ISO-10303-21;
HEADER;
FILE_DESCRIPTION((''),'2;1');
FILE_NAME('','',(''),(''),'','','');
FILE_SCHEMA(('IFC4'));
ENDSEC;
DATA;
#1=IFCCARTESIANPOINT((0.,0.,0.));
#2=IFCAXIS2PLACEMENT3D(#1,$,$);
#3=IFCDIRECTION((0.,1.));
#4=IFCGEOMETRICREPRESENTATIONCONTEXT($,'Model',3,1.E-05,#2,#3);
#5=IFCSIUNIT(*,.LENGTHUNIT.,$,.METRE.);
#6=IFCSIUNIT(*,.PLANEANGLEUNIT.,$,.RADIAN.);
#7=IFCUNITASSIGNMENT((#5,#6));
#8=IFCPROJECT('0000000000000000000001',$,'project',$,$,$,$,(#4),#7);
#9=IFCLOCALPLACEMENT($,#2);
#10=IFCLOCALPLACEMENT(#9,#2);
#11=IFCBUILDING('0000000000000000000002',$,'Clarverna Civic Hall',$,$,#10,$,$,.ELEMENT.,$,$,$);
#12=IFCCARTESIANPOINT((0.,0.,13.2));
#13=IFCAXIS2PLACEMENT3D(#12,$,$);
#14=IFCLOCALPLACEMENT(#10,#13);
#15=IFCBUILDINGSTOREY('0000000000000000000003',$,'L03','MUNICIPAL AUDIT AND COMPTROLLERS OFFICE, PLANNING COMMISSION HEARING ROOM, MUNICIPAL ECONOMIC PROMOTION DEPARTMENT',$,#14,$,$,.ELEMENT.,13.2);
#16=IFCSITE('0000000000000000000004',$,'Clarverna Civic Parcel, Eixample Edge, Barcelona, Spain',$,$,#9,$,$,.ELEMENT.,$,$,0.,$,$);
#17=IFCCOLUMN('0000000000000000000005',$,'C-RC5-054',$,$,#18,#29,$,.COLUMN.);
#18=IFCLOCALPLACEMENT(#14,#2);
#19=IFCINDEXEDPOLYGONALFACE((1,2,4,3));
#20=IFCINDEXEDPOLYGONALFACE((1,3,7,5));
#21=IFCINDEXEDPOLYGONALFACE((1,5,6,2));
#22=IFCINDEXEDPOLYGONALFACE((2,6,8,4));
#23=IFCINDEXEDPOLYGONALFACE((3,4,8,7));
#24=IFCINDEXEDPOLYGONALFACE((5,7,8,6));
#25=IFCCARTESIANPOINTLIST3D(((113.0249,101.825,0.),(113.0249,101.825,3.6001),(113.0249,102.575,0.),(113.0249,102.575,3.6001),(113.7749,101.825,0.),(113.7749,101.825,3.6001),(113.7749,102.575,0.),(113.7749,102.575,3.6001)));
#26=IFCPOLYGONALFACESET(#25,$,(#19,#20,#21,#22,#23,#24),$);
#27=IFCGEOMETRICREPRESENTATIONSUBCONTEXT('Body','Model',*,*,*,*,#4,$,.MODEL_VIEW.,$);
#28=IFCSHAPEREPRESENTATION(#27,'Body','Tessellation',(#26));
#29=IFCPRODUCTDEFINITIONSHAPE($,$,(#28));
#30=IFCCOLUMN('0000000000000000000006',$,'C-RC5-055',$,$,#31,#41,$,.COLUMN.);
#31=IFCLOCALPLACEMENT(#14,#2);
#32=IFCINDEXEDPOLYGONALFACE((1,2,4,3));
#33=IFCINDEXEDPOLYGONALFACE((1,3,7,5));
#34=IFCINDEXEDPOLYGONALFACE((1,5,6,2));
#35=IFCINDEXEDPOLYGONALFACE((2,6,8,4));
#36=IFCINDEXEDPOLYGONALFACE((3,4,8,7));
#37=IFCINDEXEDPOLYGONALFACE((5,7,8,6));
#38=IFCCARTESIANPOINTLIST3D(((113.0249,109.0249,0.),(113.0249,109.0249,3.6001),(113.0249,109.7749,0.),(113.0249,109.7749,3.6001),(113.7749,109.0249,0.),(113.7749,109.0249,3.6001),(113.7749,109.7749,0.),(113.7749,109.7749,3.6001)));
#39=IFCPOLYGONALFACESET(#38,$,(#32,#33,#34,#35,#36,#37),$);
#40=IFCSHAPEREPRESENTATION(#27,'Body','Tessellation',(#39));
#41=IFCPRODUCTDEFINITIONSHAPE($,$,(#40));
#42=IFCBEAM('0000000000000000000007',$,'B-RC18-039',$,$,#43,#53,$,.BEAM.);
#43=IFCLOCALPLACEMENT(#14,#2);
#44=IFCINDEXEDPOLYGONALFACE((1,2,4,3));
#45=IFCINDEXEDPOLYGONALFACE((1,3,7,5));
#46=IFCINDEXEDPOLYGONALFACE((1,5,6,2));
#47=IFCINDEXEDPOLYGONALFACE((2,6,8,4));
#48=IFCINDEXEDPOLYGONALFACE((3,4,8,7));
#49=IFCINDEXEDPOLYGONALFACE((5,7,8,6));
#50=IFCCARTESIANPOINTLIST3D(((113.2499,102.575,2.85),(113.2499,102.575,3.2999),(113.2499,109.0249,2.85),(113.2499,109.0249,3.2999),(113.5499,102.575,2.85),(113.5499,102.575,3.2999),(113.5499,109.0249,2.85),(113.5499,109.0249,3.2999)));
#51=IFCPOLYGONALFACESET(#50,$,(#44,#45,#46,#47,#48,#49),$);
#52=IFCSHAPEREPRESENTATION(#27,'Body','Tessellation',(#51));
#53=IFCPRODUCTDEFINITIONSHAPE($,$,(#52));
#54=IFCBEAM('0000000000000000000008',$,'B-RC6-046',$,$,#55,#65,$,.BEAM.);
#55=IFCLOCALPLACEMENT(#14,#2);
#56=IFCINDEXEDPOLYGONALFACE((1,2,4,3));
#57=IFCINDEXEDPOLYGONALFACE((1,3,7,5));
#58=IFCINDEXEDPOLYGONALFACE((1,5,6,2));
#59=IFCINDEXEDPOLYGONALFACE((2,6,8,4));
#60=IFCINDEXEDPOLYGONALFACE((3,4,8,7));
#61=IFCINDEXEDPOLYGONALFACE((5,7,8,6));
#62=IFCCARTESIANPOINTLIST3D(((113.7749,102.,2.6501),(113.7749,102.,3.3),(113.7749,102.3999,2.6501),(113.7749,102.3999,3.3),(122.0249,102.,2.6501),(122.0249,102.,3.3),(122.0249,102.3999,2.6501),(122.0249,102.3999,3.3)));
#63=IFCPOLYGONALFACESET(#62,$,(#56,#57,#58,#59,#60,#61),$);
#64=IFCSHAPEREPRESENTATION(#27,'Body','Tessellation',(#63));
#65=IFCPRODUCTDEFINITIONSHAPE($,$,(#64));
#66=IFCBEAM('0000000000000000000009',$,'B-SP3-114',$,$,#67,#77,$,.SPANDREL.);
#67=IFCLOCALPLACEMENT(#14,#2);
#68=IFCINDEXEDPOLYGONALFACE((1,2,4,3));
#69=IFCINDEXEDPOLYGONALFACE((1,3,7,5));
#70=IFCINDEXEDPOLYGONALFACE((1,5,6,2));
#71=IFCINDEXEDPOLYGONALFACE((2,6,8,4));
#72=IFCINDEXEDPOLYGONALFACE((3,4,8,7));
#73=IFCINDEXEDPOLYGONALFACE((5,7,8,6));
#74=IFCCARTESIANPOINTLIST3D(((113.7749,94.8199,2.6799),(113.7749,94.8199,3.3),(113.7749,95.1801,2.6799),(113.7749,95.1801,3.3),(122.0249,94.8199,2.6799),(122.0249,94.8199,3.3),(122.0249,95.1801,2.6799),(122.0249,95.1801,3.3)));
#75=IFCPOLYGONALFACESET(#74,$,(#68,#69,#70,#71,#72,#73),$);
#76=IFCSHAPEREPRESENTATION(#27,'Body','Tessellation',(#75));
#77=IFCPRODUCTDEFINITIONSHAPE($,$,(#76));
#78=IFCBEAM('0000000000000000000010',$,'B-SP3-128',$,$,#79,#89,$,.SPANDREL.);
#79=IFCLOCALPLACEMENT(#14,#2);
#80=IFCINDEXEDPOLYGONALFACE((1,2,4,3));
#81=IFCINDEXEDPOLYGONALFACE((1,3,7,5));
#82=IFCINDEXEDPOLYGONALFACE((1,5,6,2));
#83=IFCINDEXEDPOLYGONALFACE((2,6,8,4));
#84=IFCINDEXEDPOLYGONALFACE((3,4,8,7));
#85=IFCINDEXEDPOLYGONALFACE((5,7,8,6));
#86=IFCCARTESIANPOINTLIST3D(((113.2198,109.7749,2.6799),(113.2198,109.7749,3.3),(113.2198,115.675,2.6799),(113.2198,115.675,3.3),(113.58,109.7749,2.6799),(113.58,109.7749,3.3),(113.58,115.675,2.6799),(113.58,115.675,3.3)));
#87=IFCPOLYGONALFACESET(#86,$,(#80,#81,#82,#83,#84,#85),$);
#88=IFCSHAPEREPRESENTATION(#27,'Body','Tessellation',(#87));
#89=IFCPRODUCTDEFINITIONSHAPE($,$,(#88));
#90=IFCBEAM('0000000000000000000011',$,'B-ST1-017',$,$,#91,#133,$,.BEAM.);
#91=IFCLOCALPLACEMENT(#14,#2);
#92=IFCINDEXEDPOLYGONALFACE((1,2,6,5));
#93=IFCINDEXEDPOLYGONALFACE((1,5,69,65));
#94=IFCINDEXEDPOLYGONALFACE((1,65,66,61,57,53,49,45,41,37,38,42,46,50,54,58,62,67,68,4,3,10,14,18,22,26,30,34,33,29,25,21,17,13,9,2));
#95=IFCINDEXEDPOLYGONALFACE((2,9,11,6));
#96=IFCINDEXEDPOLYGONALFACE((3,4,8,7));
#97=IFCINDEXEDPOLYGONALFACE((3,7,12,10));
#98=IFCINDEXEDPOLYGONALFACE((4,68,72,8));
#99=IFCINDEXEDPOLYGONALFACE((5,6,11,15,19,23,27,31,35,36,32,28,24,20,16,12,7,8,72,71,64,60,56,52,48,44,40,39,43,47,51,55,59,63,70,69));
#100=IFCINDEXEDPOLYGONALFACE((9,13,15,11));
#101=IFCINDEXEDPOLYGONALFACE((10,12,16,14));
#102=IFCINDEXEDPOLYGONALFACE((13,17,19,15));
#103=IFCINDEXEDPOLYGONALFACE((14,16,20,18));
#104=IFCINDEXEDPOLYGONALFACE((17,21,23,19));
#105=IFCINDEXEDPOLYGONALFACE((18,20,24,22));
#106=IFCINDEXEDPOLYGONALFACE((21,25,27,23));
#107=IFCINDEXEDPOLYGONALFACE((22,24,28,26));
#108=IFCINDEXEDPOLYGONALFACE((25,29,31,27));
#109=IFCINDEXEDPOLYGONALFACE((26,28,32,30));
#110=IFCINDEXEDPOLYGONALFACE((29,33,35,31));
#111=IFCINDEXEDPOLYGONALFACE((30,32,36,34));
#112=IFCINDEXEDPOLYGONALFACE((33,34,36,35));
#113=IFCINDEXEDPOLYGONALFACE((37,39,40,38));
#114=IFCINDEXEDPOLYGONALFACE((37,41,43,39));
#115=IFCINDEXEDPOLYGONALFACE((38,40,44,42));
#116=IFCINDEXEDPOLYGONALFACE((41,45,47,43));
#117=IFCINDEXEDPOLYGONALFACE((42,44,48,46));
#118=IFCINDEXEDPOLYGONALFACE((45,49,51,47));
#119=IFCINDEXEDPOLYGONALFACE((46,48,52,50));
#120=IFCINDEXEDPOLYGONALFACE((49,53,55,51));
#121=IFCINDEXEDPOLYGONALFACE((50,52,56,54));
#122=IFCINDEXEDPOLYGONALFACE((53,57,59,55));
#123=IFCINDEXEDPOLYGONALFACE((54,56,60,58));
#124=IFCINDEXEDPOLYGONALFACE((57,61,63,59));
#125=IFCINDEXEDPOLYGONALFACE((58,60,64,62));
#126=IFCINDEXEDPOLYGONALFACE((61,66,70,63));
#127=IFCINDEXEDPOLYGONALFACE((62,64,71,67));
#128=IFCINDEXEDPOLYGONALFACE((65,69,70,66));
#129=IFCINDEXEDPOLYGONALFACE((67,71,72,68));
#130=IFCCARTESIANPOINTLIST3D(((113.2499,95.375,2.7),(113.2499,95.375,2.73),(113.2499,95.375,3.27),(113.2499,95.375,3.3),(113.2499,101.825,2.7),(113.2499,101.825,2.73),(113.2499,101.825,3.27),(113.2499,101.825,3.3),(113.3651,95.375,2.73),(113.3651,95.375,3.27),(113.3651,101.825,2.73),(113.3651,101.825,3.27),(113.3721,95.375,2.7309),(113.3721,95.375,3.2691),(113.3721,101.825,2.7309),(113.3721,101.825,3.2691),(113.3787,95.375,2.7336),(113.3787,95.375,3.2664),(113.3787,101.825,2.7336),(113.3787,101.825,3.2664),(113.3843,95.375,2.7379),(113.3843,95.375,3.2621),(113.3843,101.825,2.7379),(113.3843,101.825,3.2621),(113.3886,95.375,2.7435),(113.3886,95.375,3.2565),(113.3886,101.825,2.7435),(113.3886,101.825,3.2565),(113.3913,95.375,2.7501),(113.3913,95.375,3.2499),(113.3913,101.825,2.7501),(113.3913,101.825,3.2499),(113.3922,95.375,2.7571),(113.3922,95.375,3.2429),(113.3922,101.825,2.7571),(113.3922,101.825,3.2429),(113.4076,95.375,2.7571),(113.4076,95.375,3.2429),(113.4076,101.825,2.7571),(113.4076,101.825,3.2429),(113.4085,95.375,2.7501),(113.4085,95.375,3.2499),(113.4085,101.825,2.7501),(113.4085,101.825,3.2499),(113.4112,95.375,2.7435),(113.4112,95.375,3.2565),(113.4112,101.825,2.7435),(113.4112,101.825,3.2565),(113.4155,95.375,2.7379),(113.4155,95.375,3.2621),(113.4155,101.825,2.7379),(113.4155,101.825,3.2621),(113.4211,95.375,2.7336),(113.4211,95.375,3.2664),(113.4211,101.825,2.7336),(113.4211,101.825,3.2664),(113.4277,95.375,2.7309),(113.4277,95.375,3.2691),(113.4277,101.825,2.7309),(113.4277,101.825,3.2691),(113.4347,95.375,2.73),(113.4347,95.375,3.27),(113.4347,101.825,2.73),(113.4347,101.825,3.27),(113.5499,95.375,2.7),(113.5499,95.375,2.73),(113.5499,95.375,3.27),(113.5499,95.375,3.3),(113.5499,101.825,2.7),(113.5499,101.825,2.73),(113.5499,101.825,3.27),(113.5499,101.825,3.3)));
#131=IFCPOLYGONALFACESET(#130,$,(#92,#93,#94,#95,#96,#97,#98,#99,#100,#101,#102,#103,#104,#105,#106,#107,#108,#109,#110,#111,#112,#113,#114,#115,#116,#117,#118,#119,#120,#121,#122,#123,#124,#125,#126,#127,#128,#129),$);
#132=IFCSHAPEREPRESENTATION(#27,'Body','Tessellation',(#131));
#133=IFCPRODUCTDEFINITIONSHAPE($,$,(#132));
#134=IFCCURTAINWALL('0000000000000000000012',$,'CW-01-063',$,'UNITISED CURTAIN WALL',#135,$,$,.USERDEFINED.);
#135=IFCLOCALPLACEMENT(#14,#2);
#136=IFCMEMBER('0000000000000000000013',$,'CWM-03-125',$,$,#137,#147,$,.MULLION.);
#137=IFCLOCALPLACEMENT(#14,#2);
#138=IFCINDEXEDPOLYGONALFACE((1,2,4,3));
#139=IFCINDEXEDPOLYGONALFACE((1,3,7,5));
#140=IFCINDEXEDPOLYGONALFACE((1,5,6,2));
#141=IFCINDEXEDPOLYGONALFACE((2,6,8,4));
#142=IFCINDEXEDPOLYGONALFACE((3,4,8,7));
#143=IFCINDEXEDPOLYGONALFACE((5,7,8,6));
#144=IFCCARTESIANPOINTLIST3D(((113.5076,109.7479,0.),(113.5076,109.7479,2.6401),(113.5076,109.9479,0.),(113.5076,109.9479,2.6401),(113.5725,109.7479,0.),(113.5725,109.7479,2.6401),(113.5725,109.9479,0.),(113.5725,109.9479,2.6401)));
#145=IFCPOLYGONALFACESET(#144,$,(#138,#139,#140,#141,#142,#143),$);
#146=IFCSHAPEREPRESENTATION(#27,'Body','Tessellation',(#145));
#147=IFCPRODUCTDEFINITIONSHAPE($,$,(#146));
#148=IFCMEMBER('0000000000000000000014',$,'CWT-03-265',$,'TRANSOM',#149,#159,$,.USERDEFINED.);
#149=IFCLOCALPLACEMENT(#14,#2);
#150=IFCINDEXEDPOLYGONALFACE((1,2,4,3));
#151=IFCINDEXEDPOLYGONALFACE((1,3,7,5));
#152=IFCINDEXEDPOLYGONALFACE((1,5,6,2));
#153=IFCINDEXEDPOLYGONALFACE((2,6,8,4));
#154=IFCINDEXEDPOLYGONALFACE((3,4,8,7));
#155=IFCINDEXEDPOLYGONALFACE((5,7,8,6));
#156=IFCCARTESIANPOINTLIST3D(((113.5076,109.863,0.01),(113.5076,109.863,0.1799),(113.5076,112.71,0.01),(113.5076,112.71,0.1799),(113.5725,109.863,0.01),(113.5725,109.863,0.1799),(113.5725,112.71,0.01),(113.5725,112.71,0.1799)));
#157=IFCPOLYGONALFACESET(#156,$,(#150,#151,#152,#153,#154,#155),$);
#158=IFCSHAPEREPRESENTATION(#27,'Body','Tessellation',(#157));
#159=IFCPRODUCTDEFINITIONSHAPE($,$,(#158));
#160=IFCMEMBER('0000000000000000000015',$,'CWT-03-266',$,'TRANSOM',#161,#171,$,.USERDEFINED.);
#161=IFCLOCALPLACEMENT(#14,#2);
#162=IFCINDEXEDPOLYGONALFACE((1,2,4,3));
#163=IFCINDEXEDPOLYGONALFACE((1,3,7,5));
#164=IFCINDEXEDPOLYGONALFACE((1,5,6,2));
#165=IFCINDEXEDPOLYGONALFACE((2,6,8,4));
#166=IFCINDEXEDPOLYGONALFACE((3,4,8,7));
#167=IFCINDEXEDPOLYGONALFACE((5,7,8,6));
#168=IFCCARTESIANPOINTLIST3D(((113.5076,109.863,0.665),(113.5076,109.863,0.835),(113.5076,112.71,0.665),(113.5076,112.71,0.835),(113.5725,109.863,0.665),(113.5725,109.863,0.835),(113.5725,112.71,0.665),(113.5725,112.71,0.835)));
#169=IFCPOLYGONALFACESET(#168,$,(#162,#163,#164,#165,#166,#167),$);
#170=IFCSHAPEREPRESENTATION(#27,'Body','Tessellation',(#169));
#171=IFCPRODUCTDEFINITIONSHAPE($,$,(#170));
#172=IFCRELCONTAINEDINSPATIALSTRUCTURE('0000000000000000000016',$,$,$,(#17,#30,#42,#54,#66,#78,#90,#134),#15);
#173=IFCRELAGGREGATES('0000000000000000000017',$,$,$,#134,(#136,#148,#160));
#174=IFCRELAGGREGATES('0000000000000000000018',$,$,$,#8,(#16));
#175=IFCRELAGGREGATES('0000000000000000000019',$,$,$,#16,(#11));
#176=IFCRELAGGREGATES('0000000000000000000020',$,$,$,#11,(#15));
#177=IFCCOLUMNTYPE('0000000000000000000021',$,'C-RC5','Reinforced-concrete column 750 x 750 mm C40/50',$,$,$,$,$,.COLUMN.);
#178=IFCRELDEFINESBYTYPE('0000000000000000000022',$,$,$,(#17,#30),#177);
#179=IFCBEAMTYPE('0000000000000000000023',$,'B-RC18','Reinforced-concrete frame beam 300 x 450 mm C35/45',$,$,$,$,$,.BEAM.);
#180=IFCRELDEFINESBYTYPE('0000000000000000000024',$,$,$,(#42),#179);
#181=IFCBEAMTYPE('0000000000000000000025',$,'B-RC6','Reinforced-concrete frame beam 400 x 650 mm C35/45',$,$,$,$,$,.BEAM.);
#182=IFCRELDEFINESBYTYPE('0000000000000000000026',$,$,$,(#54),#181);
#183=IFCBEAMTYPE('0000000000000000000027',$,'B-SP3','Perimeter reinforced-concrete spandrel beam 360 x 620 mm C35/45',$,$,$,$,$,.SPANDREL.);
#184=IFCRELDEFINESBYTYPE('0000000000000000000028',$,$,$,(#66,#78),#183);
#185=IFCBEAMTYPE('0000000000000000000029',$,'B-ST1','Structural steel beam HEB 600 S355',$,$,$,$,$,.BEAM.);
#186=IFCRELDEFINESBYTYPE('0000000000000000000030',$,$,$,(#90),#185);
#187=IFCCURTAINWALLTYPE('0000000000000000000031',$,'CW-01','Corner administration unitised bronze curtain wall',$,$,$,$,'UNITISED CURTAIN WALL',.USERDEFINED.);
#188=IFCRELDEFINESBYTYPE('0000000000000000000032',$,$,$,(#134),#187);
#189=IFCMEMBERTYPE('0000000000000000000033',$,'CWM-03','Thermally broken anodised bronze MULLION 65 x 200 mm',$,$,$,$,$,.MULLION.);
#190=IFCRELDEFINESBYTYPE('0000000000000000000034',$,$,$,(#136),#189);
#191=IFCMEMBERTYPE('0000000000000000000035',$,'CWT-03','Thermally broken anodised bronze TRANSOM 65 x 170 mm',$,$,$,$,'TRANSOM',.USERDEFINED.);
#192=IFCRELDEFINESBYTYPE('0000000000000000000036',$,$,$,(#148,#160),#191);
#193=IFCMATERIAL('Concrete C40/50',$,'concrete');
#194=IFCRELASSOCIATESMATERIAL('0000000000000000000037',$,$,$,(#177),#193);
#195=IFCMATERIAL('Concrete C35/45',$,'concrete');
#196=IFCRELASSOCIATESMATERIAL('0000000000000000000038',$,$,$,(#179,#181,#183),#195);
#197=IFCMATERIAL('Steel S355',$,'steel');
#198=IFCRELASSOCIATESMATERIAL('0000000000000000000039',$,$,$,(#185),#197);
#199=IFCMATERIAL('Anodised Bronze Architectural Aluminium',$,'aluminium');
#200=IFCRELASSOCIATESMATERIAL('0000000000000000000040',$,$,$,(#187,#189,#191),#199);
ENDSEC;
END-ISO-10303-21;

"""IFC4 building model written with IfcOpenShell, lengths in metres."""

from ifc_helpers import new_model, si_unit, direction, frame, origin, origin_2d, place, context, subcontext, project, spatial, rectangle, i_section, extrude, material, material_profile, profile_set, type_object, element, aggregate, save


model = new_model("IFC4")

# Units and contexts
model_context = context("Model", 3, precision=1e-05, world=origin(), true_north=direction((0.0, 1.0)))
body_context = subcontext(model_context, "Body", "Model", "MODEL_VIEW")
ifc_project = project(units=[si_unit("LENGTHUNIT", "METRE"), si_unit("PLANEANGLEUNIT", "RADIAN")], contexts=[model_context])

# Site, building, storey
site_placement = place(None, origin())
site = spatial("IfcSite", under=ifc_project, at=site_placement, Name="Clarverna Civic Parcel, Eixample Edge, Barcelona, Spain", CompositionType="ELEMENT", RefElevation=0.0)
building_placement = place(site_placement, origin())
building = spatial("IfcBuilding", under=site, at=building_placement, Name="Clarverna Civic Hall", CompositionType="ELEMENT")
storey_placement = place(building_placement, frame((0.0, 0.0, 13.2)))
storey = spatial("IfcBuildingStorey", under=building, at=storey_placement, Name="L03", Description="MUNICIPAL AUDIT AND COMPTROLLERS OFFICE, PLANNING COMMISSION HEARING ROOM, MUNICIPAL ECONOMIC PROMOTION DEPARTMENT", CompositionType="ELEMENT", Elevation=13.2)

# Columns
ifc_material_1 = material(Name="Concrete C40/50", Category="concrete")
ifc_material_profile_1 = material_profile(ifc_material_1, rectangle(XDim=0.75, YDim=0.75, at=origin_2d()), Name="RC 750x750")
ifc_profile_set_1 = profile_set([ifc_material_profile_1], Name="Concrete C40/50")
column_type = type_object("IfcColumnType", Name="C-RC5", Description="Reinforced-concrete column 750 x 750 mm C40/50", PredefinedType="COLUMN", material=ifc_profile_set_1)
for number, where, z_axis, x_axis, name in (
    (1, (113.3999, 102.2, 0.0), (0.0, 0.0, 1.0), (1.0, 0.0, 0.0), "C-RC5-054"),
    (2, (113.3999, 109.3999, 0.0), (0.0, 0.0, 1.0), (1.0, 0.0, 0.0), "C-RC5-055"),
):
    element("IfcColumn", number, at=place(storey_placement, frame(where, z_axis=z_axis, x_axis=x_axis)), inside=storey, type_object=column_type, Name=name, PredefinedType="COLUMN", context=body_context, shape_type="SweptSolid", body=[
        extrude(rectangle(XDim=0.75, YDim=0.75, at=origin_2d()), origin(), (0.0, 0.0, 1.0), 3.6001),
    ])

# Beams
ifc_material_2 = material(Name="Concrete C35/45", Category="concrete")
ifc_material_profile_2 = material_profile(ifc_material_2, rectangle(XDim=0.3, YDim=0.45, at=origin_2d()), Name="RC 300x450")
ifc_profile_set_2 = profile_set([ifc_material_profile_2], Name="Concrete C35/45")
beam_type_1 = type_object("IfcBeamType", Name="B-RC18", Description="Reinforced-concrete frame beam 300 x 450 mm C35/45", PredefinedType="BEAM", material=ifc_profile_set_2)
beam_1_placement = place(storey_placement, frame((113.3999, 102.575, 3.075), z_axis=(0.0, 1.0, 0.0), x_axis=(-1.0, 0.0, 0.0)))
element("IfcBeam", 3, at=beam_1_placement, inside=storey, type_object=beam_type_1, Name="B-RC18-039", PredefinedType="BEAM", context=body_context, shape_type="SweptSolid", body=[
    extrude(rectangle(XDim=0.3, YDim=0.45, at=origin_2d()), origin(), (0.0, 0.0, 1.0), 6.45),
])
ifc_material_profile_3 = material_profile(ifc_material_2, rectangle(XDim=0.3999, YDim=0.6499, at=origin_2d()), Name="RC 400x650")
ifc_profile_set_3 = profile_set([ifc_material_profile_3], Name="Concrete C35/45")
beam_type_2 = type_object("IfcBeamType", Name="B-RC6", Description="Reinforced-concrete frame beam 400 x 650 mm C35/45", PredefinedType="BEAM", material=ifc_profile_set_3)
beam_2_placement = place(storey_placement, frame((113.7749, 102.2, 2.9751), z_axis=(1.0, 0.0, 0.0), x_axis=(0.0, 1.0, 0.0)))
element("IfcBeam", 4, at=beam_2_placement, inside=storey, type_object=beam_type_2, Name="B-RC6-046", PredefinedType="BEAM", context=body_context, shape_type="SweptSolid", body=[
    extrude(rectangle(XDim=0.3999, YDim=0.6499, at=origin_2d()), origin(), (0.0, 0.0, 1.0), 8.25),
])
ifc_material_profile_4 = material_profile(ifc_material_2, rectangle(XDim=0.3601, YDim=0.6201, at=origin_2d()), Name="RC 360x620")
ifc_profile_set_4 = profile_set([ifc_material_profile_4], Name="Concrete C35/45")
beam_type_3 = type_object("IfcBeamType", Name="B-SP3", Description="Perimeter reinforced-concrete spandrel beam 360 x 620 mm C35/45", PredefinedType="SPANDREL", material=ifc_profile_set_4)
beam_3_placement = place(storey_placement, frame((113.7749, 95.0, 2.99), z_axis=(1.0, 0.0, 0.0), x_axis=(0.0, 1.0, 0.0)))
element("IfcBeam", 5, at=beam_3_placement, inside=storey, type_object=beam_type_3, Name="B-SP3-114", PredefinedType="SPANDREL", context=body_context, shape_type="SweptSolid", body=[
    extrude(rectangle(XDim=0.3601, YDim=0.6201, at=origin_2d()), origin(), (0.0, 0.0, 1.0), 8.25),
])
beam_4_placement = place(storey_placement, frame((113.3999, 109.7749, 2.99), z_axis=(0.0, 1.0, 0.0), x_axis=(-1.0, 0.0, 0.0)))
element("IfcBeam", 6, at=beam_4_placement, inside=storey, type_object=beam_type_3, Name="B-SP3-128", PredefinedType="SPANDREL", context=body_context, shape_type="SweptSolid", body=[
    extrude(rectangle(XDim=0.3601, YDim=0.6201, at=origin_2d()), origin(), (0.0, 0.0, 1.0), 5.9001),
])
ifc_material_3 = material(Name="Steel S355", Category="steel")
ifc_material_profile_5 = material_profile(ifc_material_3, i_section(OverallWidth=0.3, OverallDepth=0.6001, WebThickness=0.0154, FlangeThickness=0.03, FilletRadius=0.0271, at=origin_2d()), Name="HEB 600")
ifc_profile_set_5 = profile_set([ifc_material_profile_5], Name="Steel S355")
beam_type_4 = type_object("IfcBeamType", Name="B-ST1", Description="Structural steel beam HEB 600 S355", PredefinedType="BEAM", material=ifc_profile_set_5)
beam_5_placement = place(storey_placement, frame((113.3999, 95.375, 3.0), z_axis=(0.0, 1.0, 0.0), x_axis=(-1.0, 0.0, 0.0)))
element("IfcBeam", 7, at=beam_5_placement, inside=storey, type_object=beam_type_4, Name="B-ST1-017", PredefinedType="BEAM", context=body_context, shape_type="SweptSolid", body=[
    extrude(i_section(OverallWidth=0.3, OverallDepth=0.6001, WebThickness=0.0154, FlangeThickness=0.03, FilletRadius=0.0271, at=origin_2d()), origin(), (0.0, 0.0, 1.0), 6.45),
])

# Curtain wall, members
ifc_material_4 = material(Name="Anodised Bronze Architectural Aluminium", Category="aluminium")
curtain_wall_type = type_object("IfcCurtainWallType", Name="CW-01", Description="Corner administration unitised bronze curtain wall", ElementType="UNITISED CURTAIN WALL", PredefinedType="USERDEFINED", material=ifc_material_4)
curtain_wall_placement = place(storey_placement, origin())
curtain_wall = element("IfcCurtainWall", 8, at=curtain_wall_placement, inside=storey, type_object=curtain_wall_type, Name="CW-01-063", ObjectType="UNITISED CURTAIN WALL", PredefinedType="USERDEFINED")
ifc_material_profile_6 = material_profile(ifc_material_4, rectangle(XDim=0.0649, YDim=0.2, at=origin_2d()), Name="BRONZE 65x200")
ifc_profile_set_6 = profile_set([ifc_material_profile_6], Name="Anodised Bronze Architectural Aluminium")
member_type_1 = type_object("IfcMemberType", Name="CWM-03", Description="Thermally broken anodised bronze MULLION 65 x 200 mm", PredefinedType="MULLION", material=ifc_profile_set_6)
member_1_placement = place(storey_placement, frame((113.54, 109.8479, 0.0), z_axis=(0.0, 0.0, 1.0), x_axis=(1.0, 0.0, 0.0)))
member_1 = element("IfcMember", 9, at=member_1_placement, type_object=member_type_1, Name="CWM-03-125", PredefinedType="MULLION", context=body_context, shape_type="SweptSolid", body=[
    extrude(rectangle(XDim=0.0649, YDim=0.2, at=origin_2d()), origin(), (0.0, 0.0, 1.0), 2.6401),
])
ifc_material_profile_7 = material_profile(ifc_material_4, rectangle(XDim=0.0649, YDim=0.1699, at=origin_2d()), Name="BRONZE 65x170")
ifc_profile_set_7 = profile_set([ifc_material_profile_7], Name="Anodised Bronze Architectural Aluminium")
member_type_2 = type_object("IfcMemberType", Name="CWT-03", Description="Thermally broken anodised bronze TRANSOM 65 x 170 mm", ElementType="TRANSOM", PredefinedType="USERDEFINED", material=ifc_profile_set_7)
member_2_placement = place(storey_placement, frame((113.54, 109.863, 0.095), z_axis=(0.0, 1.0, 0.0), x_axis=(-1.0, 0.0, 0.0)))
member_2 = element("IfcMember", 10, at=member_2_placement, type_object=member_type_2, Name="CWT-03-265", ObjectType="TRANSOM", PredefinedType="USERDEFINED", context=body_context, shape_type="SweptSolid", body=[
    extrude(rectangle(XDim=0.0649, YDim=0.1699, at=origin_2d()), origin(), (0.0, 0.0, 1.0), 2.8469),
])
member_3_placement = place(storey_placement, frame((113.54, 109.863, 0.75), z_axis=(0.0, 1.0, 0.0), x_axis=(-1.0, 0.0, 0.0)))
member_3 = element("IfcMember", 11, at=member_3_placement, type_object=member_type_2, Name="CWT-03-266", ObjectType="TRANSOM", PredefinedType="USERDEFINED", context=body_context, shape_type="SweptSolid", body=[
    extrude(rectangle(XDim=0.0649, YDim=0.1699, at=origin_2d()), origin(), (0.0, 0.0, 1.0), 2.8469),
])
aggregate(curtain_wall, [member_1, member_2, member_3])

save(model, "model.ifc")
